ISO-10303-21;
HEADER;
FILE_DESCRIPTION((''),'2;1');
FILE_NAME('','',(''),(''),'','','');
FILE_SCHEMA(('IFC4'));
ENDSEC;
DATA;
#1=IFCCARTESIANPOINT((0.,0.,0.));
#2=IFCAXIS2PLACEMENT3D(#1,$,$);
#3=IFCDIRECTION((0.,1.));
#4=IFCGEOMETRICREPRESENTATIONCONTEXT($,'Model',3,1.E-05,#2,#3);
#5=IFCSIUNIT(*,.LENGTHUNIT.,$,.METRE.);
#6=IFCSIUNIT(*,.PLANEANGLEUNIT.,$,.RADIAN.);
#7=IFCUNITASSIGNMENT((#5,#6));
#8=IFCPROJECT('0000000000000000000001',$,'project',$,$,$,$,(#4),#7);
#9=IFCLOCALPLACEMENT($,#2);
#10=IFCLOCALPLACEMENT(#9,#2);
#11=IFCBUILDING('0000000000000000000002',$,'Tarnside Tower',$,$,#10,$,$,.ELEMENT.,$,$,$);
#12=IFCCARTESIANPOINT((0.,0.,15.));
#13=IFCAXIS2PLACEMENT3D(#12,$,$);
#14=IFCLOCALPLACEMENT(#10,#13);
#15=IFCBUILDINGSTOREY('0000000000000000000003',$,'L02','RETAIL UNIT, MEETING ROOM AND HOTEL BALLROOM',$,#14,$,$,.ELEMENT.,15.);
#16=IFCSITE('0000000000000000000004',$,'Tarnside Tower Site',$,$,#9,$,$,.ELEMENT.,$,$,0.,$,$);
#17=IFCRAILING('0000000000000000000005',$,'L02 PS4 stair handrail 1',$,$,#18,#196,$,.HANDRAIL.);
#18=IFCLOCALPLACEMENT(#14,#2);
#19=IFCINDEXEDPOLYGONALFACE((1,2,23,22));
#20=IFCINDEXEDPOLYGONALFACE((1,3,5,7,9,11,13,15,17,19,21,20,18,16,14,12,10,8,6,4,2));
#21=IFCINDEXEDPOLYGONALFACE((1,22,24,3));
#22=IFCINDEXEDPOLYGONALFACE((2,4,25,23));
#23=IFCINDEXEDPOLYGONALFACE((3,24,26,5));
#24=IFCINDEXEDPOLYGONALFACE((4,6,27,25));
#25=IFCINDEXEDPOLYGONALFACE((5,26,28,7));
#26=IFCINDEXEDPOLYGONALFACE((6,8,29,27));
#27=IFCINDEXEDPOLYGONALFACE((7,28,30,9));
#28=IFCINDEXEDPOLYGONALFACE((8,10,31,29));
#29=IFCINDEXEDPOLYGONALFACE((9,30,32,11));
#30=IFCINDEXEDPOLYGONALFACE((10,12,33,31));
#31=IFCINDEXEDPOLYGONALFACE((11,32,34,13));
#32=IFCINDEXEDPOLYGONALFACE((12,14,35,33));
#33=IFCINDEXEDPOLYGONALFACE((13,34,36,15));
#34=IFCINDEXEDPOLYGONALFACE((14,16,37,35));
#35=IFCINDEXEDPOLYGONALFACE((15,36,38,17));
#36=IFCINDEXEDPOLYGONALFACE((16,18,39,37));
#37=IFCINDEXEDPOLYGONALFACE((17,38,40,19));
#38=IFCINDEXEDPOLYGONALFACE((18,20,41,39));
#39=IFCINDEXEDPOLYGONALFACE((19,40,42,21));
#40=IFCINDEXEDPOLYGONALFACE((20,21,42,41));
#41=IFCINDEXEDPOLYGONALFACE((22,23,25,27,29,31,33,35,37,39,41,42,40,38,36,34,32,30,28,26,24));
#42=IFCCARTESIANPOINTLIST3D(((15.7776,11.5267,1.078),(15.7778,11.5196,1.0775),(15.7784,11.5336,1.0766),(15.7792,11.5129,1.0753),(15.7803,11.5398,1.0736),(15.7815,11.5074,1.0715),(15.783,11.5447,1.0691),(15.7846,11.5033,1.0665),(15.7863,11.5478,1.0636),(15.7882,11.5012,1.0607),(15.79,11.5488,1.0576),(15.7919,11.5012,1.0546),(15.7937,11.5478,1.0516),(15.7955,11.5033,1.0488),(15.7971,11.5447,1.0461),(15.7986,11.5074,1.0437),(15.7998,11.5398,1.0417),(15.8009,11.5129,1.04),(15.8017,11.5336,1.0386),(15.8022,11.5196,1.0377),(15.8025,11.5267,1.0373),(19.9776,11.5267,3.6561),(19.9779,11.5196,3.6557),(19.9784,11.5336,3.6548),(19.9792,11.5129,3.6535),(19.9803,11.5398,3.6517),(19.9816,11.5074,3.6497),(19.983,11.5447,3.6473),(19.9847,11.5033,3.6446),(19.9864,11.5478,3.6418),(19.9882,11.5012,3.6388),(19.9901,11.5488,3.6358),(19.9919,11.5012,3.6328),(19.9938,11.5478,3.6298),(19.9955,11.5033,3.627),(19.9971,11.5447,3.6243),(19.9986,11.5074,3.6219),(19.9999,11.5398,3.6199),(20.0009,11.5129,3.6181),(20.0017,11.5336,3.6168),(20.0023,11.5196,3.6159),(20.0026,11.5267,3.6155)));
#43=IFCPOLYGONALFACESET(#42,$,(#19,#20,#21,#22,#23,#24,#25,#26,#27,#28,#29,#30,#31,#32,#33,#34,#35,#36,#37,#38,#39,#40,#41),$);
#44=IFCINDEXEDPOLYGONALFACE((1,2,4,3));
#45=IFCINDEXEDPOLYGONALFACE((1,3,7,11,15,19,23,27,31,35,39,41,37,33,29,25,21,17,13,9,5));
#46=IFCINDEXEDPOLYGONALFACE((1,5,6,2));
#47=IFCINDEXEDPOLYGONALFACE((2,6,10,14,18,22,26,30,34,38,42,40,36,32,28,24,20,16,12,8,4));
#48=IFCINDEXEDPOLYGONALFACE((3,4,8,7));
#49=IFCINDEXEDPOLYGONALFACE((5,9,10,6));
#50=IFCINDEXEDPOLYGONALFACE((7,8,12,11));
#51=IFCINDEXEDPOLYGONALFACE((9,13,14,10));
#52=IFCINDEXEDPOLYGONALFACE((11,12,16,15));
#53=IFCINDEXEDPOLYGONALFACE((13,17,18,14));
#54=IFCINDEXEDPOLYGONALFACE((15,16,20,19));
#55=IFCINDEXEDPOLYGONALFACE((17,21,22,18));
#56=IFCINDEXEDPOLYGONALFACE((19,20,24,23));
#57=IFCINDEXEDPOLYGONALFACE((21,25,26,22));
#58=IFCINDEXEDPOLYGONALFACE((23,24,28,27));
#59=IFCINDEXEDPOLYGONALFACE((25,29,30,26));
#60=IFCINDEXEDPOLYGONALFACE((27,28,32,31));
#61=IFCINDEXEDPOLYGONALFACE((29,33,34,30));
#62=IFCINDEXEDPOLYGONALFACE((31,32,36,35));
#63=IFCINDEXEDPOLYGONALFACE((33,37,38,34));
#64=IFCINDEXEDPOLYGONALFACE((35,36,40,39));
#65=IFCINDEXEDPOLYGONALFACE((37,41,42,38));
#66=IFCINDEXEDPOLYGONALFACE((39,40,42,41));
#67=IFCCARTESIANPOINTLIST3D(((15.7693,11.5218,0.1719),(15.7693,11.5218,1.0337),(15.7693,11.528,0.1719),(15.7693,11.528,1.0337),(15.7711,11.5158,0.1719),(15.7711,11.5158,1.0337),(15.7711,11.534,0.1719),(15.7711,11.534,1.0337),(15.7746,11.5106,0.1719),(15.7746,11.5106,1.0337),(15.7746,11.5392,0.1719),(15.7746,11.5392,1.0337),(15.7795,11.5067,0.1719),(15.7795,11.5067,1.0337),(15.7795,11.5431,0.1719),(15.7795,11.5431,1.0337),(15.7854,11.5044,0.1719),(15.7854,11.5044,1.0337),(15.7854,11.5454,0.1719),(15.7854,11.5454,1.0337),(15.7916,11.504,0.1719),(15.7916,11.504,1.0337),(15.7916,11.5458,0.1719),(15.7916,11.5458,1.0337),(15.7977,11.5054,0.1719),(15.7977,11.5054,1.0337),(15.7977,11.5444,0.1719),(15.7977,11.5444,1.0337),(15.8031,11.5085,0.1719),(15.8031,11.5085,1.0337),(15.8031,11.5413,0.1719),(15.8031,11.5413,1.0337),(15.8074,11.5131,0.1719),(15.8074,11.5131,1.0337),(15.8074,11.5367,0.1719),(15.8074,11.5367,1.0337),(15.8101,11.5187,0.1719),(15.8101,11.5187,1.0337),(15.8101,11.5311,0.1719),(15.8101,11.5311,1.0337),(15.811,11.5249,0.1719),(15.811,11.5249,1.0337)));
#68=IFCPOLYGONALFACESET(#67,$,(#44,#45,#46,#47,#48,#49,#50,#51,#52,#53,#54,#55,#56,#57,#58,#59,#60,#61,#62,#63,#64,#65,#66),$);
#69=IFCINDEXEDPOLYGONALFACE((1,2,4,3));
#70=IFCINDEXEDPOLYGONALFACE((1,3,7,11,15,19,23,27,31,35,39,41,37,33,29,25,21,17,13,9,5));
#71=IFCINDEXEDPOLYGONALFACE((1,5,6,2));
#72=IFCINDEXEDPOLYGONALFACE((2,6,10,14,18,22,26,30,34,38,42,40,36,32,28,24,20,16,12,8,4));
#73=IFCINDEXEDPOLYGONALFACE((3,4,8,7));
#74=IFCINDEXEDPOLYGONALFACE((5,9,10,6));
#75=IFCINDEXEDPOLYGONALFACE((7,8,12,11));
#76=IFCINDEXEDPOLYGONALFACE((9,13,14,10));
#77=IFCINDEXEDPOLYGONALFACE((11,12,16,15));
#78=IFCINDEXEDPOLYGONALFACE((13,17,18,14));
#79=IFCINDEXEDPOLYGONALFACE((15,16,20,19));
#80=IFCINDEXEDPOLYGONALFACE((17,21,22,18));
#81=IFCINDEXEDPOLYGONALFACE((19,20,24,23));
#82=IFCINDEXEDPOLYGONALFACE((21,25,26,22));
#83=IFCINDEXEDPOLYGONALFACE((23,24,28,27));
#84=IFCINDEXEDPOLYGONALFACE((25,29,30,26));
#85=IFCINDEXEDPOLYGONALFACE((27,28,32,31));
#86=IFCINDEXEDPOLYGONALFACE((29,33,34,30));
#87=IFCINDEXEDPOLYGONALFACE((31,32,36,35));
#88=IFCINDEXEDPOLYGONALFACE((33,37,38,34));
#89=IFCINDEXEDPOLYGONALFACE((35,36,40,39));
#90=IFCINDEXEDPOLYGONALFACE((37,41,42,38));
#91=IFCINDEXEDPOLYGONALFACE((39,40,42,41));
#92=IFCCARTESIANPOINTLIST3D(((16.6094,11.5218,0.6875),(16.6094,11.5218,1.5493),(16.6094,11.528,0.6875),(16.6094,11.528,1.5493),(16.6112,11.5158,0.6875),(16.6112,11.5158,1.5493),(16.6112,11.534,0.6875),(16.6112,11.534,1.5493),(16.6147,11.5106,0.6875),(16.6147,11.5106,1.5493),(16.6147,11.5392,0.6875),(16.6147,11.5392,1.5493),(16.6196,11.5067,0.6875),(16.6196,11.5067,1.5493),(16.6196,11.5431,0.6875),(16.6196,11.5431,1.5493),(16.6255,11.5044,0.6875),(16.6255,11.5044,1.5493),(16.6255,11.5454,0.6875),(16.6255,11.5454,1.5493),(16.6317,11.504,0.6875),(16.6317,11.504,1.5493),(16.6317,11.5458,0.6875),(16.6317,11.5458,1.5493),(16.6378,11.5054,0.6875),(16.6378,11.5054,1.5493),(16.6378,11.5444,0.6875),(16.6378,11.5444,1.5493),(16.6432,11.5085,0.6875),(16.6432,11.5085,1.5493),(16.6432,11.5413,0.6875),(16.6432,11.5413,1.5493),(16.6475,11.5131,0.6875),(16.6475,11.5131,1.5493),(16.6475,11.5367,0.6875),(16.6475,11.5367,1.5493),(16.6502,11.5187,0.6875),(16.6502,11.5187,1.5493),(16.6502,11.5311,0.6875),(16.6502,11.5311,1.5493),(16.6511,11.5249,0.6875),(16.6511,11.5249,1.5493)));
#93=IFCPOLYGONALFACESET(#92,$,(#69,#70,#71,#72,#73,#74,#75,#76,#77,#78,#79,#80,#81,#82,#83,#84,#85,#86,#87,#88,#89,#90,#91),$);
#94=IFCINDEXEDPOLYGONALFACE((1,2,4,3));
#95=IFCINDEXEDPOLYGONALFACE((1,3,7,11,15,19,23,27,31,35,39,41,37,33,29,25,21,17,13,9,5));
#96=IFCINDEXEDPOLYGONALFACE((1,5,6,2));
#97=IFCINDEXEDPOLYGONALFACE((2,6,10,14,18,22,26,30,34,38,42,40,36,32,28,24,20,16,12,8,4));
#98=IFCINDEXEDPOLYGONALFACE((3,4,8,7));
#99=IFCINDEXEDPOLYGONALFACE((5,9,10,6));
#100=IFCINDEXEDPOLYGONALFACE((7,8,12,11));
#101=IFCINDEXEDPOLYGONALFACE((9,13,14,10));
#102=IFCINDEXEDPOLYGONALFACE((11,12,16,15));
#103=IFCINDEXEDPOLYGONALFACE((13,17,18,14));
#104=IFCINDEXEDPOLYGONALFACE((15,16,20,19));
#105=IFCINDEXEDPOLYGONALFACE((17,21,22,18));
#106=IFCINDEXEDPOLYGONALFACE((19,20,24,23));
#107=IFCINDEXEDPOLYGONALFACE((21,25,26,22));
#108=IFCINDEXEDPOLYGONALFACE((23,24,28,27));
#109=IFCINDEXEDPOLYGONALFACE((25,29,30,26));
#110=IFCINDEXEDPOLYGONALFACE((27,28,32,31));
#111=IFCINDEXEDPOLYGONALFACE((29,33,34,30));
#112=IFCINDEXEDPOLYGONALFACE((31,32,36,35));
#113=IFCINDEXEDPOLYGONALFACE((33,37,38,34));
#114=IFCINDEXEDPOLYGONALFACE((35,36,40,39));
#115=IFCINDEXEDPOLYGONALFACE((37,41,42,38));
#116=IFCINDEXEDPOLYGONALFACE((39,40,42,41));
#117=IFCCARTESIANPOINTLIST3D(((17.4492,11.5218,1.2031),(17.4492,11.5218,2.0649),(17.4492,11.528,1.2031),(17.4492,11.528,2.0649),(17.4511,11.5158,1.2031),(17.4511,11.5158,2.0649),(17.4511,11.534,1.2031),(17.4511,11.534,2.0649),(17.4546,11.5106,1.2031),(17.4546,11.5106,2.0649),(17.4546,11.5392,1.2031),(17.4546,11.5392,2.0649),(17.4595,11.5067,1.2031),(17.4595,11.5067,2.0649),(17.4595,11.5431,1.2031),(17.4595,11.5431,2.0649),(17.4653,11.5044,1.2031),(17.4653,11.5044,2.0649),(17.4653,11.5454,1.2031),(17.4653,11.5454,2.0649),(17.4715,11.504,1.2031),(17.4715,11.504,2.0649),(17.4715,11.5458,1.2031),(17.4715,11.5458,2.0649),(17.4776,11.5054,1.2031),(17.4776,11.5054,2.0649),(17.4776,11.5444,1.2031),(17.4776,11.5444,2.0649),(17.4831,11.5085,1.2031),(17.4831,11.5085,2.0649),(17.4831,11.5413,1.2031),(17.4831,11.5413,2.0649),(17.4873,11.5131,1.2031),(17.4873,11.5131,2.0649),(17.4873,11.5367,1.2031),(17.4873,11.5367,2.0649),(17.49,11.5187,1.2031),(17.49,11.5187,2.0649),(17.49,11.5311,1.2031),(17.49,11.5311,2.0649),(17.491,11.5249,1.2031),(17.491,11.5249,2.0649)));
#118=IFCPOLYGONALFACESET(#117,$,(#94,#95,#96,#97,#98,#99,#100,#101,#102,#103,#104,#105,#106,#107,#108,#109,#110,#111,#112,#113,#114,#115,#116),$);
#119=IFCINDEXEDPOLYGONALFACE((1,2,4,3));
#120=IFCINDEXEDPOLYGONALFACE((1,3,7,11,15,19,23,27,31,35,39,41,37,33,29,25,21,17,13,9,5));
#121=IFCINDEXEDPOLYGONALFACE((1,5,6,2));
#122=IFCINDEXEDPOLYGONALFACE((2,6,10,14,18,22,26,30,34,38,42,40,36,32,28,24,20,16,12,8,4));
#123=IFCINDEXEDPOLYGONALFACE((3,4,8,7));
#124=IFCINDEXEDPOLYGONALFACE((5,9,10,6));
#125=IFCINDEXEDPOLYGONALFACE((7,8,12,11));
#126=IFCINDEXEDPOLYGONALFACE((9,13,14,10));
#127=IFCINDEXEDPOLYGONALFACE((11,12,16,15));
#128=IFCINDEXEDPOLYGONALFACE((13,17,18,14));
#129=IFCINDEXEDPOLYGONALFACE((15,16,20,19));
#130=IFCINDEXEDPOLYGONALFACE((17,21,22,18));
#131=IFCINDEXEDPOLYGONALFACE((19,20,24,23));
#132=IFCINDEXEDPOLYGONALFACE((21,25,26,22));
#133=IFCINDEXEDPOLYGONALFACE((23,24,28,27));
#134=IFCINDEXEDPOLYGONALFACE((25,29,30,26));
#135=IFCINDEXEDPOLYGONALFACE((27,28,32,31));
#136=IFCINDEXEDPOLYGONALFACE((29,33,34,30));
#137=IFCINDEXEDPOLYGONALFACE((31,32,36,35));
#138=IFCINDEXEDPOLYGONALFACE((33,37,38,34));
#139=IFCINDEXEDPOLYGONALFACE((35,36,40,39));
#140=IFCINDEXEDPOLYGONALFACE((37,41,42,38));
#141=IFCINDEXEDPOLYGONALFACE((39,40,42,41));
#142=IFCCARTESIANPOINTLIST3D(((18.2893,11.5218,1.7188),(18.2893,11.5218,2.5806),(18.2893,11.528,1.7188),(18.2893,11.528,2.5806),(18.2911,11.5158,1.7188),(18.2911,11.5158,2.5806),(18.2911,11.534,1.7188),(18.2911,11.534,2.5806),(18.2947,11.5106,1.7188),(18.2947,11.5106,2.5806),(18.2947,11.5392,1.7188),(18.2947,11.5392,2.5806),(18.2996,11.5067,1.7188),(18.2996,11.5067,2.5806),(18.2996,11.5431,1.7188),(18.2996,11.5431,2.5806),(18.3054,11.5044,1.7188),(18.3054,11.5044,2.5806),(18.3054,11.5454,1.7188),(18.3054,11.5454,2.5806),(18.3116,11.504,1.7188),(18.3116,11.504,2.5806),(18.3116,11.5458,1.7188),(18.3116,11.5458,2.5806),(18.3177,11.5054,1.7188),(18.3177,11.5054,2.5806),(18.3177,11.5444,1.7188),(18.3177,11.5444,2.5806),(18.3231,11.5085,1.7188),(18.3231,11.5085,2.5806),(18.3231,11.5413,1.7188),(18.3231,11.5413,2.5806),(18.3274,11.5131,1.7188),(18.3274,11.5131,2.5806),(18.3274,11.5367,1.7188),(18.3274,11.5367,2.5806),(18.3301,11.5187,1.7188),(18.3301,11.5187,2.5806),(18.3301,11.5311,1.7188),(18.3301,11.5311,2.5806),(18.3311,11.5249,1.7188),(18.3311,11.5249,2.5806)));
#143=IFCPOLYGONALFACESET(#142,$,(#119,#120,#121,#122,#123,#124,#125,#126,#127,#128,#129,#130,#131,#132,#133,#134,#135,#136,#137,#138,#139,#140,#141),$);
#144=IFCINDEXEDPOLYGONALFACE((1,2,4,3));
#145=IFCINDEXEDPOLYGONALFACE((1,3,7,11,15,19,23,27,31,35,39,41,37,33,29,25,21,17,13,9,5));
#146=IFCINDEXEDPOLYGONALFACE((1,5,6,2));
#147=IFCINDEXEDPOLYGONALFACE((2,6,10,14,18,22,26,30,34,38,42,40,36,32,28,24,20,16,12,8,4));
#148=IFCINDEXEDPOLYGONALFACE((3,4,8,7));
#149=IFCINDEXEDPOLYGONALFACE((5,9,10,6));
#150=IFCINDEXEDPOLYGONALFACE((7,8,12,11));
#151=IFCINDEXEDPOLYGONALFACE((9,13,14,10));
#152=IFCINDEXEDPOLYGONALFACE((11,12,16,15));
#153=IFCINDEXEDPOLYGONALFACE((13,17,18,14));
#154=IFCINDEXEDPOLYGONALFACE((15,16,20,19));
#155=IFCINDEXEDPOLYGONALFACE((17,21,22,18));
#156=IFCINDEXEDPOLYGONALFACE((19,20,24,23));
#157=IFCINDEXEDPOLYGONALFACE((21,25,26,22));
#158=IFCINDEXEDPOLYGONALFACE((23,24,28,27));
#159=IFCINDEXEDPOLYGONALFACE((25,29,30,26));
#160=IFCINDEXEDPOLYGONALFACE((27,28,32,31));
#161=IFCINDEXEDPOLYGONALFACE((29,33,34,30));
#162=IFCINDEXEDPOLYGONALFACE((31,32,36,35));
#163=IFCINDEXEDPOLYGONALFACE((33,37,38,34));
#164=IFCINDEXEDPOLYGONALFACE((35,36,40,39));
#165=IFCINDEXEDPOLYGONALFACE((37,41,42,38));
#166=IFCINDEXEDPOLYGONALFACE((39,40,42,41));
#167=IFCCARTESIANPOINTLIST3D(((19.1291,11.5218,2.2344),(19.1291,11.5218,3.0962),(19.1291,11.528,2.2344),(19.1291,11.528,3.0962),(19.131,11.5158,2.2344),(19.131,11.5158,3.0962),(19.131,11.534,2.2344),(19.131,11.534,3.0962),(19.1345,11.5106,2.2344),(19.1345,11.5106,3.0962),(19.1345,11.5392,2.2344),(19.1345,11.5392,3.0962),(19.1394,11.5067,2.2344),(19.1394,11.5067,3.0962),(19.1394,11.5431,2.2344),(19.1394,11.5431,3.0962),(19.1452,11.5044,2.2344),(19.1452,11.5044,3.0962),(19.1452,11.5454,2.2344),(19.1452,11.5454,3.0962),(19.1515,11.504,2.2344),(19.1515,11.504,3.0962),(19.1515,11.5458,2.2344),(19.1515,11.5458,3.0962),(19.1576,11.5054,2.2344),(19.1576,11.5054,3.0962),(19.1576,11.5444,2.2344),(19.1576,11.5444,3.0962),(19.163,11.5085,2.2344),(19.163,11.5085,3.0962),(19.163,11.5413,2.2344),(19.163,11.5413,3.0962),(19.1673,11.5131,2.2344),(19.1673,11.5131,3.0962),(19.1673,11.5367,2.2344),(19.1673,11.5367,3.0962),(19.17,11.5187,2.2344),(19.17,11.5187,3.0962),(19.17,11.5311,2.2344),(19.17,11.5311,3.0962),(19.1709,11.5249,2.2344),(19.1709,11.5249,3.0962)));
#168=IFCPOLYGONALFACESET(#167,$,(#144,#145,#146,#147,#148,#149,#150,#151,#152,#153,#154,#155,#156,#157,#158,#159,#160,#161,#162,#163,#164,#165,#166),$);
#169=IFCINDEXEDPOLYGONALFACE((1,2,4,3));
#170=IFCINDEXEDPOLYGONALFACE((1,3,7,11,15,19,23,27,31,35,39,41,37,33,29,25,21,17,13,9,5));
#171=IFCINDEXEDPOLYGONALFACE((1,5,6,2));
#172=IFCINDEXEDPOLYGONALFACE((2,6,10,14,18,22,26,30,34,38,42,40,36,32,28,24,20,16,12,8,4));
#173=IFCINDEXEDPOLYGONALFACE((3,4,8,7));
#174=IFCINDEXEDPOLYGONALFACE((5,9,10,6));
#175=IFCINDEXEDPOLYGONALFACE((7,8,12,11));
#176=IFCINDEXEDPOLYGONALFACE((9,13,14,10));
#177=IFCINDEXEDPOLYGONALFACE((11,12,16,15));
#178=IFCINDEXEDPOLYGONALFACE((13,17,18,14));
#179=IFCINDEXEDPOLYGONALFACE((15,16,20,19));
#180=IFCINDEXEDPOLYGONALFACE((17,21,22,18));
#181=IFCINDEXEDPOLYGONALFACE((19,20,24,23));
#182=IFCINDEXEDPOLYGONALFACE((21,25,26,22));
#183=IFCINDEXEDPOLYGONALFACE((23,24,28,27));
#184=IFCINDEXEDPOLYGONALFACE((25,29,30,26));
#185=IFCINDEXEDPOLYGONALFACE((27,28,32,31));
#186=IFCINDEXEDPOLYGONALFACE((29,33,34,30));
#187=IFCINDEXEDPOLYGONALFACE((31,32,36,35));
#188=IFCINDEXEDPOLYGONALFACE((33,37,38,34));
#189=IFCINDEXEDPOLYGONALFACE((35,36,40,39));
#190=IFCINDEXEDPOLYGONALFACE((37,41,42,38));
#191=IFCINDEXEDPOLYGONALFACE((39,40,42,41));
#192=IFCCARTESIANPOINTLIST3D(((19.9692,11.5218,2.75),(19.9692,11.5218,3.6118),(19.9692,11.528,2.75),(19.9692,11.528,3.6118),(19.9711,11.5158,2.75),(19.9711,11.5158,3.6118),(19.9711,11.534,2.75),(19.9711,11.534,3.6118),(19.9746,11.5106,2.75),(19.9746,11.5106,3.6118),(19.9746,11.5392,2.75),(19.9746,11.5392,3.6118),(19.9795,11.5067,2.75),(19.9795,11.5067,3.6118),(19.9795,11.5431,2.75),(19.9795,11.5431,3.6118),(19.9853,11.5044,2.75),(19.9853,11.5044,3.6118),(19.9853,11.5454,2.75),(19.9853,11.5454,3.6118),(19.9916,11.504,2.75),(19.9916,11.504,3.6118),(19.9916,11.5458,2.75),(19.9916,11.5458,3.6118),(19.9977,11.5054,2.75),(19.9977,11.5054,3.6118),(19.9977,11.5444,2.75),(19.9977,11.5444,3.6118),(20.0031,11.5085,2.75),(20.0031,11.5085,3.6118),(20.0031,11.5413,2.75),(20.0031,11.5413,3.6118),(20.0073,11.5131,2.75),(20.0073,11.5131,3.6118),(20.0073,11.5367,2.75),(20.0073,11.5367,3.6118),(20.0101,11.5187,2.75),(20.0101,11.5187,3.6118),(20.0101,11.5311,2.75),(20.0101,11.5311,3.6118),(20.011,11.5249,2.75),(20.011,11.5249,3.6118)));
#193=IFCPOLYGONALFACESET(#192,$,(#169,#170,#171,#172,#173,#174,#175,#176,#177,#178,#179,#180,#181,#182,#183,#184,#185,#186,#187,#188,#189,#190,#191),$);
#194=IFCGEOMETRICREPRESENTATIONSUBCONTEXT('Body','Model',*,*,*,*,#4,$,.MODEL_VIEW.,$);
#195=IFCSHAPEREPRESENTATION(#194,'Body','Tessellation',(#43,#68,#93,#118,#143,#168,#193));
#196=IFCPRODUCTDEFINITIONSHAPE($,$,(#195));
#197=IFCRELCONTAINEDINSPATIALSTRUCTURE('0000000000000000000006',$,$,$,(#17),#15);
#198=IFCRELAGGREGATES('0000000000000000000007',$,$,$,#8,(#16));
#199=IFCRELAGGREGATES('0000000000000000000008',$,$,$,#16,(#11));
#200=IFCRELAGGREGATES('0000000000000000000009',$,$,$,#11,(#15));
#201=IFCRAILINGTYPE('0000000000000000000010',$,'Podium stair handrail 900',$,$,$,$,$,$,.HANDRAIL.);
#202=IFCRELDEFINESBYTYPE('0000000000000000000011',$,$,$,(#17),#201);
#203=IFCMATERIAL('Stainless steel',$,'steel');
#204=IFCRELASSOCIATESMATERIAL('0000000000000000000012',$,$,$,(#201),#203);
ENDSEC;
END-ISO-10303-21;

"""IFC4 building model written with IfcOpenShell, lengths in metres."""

from ifc_helpers import new_model, si_unit, direction, frame, origin, origin_2d, place, context, subcontext, project, spatial, circle, extrude, material, type_object, element, save


model = new_model("IFC4")

# Units and contexts
model_context = context("Model", 3, precision=1e-05, world=origin(), true_north=direction((0.0, 1.0)))
body_context = subcontext(model_context, "Body", "Model", "MODEL_VIEW")
ifc_project = project(units=[si_unit("LENGTHUNIT", "METRE"), si_unit("PLANEANGLEUNIT", "RADIAN")], contexts=[model_context])

# Site, building, storey
site_placement = place(None, origin())
site = spatial("IfcSite", under=ifc_project, at=site_placement, Name="Tarnside Tower Site", CompositionType="ELEMENT", RefElevation=0.0)
building_placement = place(site_placement, origin())
building = spatial("IfcBuilding", under=site, at=building_placement, Name="Tarnside Tower", CompositionType="ELEMENT")
storey_placement = place(building_placement, frame((0.0, 0.0, 15.0)))
storey = spatial("IfcBuildingStorey", under=building, at=storey_placement, Name="L02", Description="RETAIL UNIT, MEETING ROOM AND HOTEL BALLROOM", CompositionType="ELEMENT", Elevation=15.0)

# Railing
ifc_material_1 = material(Name="Stainless steel", Category="steel")
railing_type_1 = type_object("IfcRailingType", Name="Podium stair handrail 900", PredefinedType="HANDRAIL", material=ifc_material_1)
railing_1_placement = place(storey_placement, frame((15.79, 11.5249, 0.1719)))
element("IfcRailing", 1, at=railing_1_placement, inside=storey, type_object=railing_type_1, Name="L02 PS4 stair handrail 1", PredefinedType="HANDRAIL", context=body_context, shape_type="SweptSolid", body=[
    extrude(circle(Radius=0.0239, at=origin_2d()), frame((0.0, 0.0, 0.8857), z_axis=(0.852243, 0.0, 0.523146), x_axis=(0.0, 1.0, 0.0)), (0.0, 0.0, 1.0), 4.9282),
    extrude(circle(Radius=0.021, at=origin_2d()), origin(), (0.0, 0.0, 1.0), 0.8618),
    extrude(circle(Radius=0.021, at=origin_2d()), frame((0.8401, 0.0, 0.5156)), (0.0, 0.0, 1.0), 0.8618),
    extrude(circle(Radius=0.021, at=origin_2d()), frame((1.6799, 0.0, 1.0312)), (0.0, 0.0, 1.0), 0.8618),
    extrude(circle(Radius=0.021, at=origin_2d()), frame((2.52, 0.0, 1.5469)), (0.0, 0.0, 1.0), 0.8618),
    extrude(circle(Radius=0.021, at=origin_2d()), frame((3.3599, 0.0, 2.0625)), (0.0, 0.0, 1.0), 0.8618),
    extrude(circle(Radius=0.021, at=origin_2d()), frame((4.2, 0.0, 2.5781)), (0.0, 0.0, 1.0), 0.8618),
])

save(model, "model.ifc")
